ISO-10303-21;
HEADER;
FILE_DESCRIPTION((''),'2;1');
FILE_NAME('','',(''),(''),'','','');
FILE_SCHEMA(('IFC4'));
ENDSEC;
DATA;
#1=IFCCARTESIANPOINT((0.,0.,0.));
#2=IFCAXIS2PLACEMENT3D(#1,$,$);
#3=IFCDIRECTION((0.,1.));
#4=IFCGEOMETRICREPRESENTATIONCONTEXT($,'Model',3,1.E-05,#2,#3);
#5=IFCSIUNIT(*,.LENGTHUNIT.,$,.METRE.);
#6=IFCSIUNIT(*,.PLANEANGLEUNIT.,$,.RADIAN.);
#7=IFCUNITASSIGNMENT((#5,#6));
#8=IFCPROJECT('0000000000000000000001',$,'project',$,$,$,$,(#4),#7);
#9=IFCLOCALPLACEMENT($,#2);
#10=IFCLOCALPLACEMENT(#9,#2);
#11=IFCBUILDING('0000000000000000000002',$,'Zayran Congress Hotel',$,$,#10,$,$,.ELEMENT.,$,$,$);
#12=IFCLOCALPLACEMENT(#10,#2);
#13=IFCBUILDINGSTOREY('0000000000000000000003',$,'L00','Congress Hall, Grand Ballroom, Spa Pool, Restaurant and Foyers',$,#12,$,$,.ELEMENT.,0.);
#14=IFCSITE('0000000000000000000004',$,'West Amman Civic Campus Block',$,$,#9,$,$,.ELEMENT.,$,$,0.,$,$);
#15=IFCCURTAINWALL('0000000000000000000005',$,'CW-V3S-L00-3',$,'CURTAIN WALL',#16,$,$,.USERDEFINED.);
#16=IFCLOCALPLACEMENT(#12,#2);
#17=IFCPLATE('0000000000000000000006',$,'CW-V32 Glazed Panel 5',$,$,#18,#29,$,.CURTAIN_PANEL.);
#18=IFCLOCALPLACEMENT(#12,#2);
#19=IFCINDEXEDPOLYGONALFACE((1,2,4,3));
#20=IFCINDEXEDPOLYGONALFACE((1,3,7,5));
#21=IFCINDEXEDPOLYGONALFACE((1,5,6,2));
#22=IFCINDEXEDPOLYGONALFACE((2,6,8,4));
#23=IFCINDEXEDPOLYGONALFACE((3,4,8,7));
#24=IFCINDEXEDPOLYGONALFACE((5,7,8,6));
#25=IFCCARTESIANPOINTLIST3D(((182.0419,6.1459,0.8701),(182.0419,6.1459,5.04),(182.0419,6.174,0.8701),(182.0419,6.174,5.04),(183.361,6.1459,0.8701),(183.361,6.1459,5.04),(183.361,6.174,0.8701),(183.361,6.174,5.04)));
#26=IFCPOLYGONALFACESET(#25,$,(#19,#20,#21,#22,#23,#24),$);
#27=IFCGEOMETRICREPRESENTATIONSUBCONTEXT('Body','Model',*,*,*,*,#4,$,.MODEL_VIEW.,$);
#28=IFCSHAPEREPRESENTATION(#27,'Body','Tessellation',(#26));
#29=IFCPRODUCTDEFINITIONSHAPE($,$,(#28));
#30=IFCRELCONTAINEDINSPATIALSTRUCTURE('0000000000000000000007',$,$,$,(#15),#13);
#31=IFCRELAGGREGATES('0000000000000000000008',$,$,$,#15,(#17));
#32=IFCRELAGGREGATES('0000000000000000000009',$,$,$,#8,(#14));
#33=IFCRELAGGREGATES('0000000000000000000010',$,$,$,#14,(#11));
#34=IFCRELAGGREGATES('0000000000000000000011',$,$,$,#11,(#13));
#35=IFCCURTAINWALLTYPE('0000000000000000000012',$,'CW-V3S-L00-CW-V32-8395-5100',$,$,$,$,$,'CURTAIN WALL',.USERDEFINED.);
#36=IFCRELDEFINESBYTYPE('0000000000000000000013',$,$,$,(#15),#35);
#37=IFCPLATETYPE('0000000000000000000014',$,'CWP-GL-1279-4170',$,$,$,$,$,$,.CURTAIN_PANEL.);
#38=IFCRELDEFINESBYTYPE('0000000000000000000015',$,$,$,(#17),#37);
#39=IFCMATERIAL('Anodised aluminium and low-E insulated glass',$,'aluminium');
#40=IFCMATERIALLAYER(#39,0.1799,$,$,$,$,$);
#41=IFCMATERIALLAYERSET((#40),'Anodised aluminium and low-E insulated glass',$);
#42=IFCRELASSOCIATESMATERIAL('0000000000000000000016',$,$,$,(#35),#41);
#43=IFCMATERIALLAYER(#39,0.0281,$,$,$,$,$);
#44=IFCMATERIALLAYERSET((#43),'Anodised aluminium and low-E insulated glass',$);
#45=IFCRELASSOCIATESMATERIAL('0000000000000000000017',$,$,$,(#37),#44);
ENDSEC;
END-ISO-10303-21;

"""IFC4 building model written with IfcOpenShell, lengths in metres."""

from ifc_helpers import new_model, si_unit, direction, frame, origin, origin_2d, place, context, subcontext, project, spatial, rectangle, extrude, material, layer, layer_set, type_object, element, aggregate, save


model = new_model("IFC4")

# Units and contexts
model_context = context("Model", 3, precision=1e-05, world=origin(), true_north=direction((0.0, 1.0)))
body_context = subcontext(model_context, "Body", "Model", "MODEL_VIEW")
ifc_project = project(units=[si_unit("LENGTHUNIT", "METRE"), si_unit("PLANEANGLEUNIT", "RADIAN")], contexts=[model_context])

# Site, building, storey
site_placement = place(None, origin())
site = spatial("IfcSite", under=ifc_project, at=site_placement, Name="West Amman Civic Campus Block", CompositionType="ELEMENT", RefElevation=0.0)
building_placement = place(site_placement, origin())
building = spatial("IfcBuilding", under=site, at=building_placement, Name="Zayran Congress Hotel", CompositionType="ELEMENT")
storey_placement = place(building_placement, origin())
storey = spatial("IfcBuildingStorey", under=building, at=storey_placement, Name="L00", Description="Congress Hall, Grand Ballroom, Spa Pool, Restaurant and Foyers", CompositionType="ELEMENT", Elevation=0.0)

# Curtain wall, plate
ifc_material_1 = material(Name="Anodised aluminium and low-E insulated glass", Category="aluminium")
ifc_layer_1 = layer(ifc_material_1, 0.1799)
ifc_layer_set_1 = layer_set([ifc_layer_1], Name="Anodised aluminium and low-E insulated glass")
curtain_wall_type = type_object("IfcCurtainWallType", Name="CW-V3S-L00-CW-V32-8395-5100", ElementType="CURTAIN WALL", PredefinedType="USERDEFINED", material=ifc_layer_set_1)
curtain_wall_placement = place(storey_placement, origin())
curtain_wall = element("IfcCurtainWall", 1, at=curtain_wall_placement, inside=storey, type_object=curtain_wall_type, Name="CW-V3S-L00-3", ObjectType="CURTAIN WALL", PredefinedType="USERDEFINED")
ifc_layer_2 = layer(ifc_material_1, 0.0281)
ifc_layer_set_2 = layer_set([ifc_layer_2], Name="Anodised aluminium and low-E insulated glass")
plate_type_1 = type_object("IfcPlateType", Name="CWP-GL-1279-4170", PredefinedType="CURTAIN_PANEL", material=ifc_layer_set_2)
plate_1_placement = place(storey_placement, frame((182.7014, 6.1599, 0.8701), z_axis=(0.0, 0.0, 1.0), x_axis=(1.0, 0.0, 0.0)))
plate_1 = element("IfcPlate", 2, at=plate_1_placement, type_object=plate_type_1, Name="CW-V32 Glazed Panel 5", PredefinedType="CURTAIN_PANEL", context=body_context, shape_type="SweptSolid", body=[
    extrude(rectangle(XDim=1.3191, YDim=0.0281, at=origin_2d()), origin(), (0.0, 0.0, 1.0), 4.1699),
])
aggregate(curtain_wall, [plate_1])

save(model, "model.ifc")
